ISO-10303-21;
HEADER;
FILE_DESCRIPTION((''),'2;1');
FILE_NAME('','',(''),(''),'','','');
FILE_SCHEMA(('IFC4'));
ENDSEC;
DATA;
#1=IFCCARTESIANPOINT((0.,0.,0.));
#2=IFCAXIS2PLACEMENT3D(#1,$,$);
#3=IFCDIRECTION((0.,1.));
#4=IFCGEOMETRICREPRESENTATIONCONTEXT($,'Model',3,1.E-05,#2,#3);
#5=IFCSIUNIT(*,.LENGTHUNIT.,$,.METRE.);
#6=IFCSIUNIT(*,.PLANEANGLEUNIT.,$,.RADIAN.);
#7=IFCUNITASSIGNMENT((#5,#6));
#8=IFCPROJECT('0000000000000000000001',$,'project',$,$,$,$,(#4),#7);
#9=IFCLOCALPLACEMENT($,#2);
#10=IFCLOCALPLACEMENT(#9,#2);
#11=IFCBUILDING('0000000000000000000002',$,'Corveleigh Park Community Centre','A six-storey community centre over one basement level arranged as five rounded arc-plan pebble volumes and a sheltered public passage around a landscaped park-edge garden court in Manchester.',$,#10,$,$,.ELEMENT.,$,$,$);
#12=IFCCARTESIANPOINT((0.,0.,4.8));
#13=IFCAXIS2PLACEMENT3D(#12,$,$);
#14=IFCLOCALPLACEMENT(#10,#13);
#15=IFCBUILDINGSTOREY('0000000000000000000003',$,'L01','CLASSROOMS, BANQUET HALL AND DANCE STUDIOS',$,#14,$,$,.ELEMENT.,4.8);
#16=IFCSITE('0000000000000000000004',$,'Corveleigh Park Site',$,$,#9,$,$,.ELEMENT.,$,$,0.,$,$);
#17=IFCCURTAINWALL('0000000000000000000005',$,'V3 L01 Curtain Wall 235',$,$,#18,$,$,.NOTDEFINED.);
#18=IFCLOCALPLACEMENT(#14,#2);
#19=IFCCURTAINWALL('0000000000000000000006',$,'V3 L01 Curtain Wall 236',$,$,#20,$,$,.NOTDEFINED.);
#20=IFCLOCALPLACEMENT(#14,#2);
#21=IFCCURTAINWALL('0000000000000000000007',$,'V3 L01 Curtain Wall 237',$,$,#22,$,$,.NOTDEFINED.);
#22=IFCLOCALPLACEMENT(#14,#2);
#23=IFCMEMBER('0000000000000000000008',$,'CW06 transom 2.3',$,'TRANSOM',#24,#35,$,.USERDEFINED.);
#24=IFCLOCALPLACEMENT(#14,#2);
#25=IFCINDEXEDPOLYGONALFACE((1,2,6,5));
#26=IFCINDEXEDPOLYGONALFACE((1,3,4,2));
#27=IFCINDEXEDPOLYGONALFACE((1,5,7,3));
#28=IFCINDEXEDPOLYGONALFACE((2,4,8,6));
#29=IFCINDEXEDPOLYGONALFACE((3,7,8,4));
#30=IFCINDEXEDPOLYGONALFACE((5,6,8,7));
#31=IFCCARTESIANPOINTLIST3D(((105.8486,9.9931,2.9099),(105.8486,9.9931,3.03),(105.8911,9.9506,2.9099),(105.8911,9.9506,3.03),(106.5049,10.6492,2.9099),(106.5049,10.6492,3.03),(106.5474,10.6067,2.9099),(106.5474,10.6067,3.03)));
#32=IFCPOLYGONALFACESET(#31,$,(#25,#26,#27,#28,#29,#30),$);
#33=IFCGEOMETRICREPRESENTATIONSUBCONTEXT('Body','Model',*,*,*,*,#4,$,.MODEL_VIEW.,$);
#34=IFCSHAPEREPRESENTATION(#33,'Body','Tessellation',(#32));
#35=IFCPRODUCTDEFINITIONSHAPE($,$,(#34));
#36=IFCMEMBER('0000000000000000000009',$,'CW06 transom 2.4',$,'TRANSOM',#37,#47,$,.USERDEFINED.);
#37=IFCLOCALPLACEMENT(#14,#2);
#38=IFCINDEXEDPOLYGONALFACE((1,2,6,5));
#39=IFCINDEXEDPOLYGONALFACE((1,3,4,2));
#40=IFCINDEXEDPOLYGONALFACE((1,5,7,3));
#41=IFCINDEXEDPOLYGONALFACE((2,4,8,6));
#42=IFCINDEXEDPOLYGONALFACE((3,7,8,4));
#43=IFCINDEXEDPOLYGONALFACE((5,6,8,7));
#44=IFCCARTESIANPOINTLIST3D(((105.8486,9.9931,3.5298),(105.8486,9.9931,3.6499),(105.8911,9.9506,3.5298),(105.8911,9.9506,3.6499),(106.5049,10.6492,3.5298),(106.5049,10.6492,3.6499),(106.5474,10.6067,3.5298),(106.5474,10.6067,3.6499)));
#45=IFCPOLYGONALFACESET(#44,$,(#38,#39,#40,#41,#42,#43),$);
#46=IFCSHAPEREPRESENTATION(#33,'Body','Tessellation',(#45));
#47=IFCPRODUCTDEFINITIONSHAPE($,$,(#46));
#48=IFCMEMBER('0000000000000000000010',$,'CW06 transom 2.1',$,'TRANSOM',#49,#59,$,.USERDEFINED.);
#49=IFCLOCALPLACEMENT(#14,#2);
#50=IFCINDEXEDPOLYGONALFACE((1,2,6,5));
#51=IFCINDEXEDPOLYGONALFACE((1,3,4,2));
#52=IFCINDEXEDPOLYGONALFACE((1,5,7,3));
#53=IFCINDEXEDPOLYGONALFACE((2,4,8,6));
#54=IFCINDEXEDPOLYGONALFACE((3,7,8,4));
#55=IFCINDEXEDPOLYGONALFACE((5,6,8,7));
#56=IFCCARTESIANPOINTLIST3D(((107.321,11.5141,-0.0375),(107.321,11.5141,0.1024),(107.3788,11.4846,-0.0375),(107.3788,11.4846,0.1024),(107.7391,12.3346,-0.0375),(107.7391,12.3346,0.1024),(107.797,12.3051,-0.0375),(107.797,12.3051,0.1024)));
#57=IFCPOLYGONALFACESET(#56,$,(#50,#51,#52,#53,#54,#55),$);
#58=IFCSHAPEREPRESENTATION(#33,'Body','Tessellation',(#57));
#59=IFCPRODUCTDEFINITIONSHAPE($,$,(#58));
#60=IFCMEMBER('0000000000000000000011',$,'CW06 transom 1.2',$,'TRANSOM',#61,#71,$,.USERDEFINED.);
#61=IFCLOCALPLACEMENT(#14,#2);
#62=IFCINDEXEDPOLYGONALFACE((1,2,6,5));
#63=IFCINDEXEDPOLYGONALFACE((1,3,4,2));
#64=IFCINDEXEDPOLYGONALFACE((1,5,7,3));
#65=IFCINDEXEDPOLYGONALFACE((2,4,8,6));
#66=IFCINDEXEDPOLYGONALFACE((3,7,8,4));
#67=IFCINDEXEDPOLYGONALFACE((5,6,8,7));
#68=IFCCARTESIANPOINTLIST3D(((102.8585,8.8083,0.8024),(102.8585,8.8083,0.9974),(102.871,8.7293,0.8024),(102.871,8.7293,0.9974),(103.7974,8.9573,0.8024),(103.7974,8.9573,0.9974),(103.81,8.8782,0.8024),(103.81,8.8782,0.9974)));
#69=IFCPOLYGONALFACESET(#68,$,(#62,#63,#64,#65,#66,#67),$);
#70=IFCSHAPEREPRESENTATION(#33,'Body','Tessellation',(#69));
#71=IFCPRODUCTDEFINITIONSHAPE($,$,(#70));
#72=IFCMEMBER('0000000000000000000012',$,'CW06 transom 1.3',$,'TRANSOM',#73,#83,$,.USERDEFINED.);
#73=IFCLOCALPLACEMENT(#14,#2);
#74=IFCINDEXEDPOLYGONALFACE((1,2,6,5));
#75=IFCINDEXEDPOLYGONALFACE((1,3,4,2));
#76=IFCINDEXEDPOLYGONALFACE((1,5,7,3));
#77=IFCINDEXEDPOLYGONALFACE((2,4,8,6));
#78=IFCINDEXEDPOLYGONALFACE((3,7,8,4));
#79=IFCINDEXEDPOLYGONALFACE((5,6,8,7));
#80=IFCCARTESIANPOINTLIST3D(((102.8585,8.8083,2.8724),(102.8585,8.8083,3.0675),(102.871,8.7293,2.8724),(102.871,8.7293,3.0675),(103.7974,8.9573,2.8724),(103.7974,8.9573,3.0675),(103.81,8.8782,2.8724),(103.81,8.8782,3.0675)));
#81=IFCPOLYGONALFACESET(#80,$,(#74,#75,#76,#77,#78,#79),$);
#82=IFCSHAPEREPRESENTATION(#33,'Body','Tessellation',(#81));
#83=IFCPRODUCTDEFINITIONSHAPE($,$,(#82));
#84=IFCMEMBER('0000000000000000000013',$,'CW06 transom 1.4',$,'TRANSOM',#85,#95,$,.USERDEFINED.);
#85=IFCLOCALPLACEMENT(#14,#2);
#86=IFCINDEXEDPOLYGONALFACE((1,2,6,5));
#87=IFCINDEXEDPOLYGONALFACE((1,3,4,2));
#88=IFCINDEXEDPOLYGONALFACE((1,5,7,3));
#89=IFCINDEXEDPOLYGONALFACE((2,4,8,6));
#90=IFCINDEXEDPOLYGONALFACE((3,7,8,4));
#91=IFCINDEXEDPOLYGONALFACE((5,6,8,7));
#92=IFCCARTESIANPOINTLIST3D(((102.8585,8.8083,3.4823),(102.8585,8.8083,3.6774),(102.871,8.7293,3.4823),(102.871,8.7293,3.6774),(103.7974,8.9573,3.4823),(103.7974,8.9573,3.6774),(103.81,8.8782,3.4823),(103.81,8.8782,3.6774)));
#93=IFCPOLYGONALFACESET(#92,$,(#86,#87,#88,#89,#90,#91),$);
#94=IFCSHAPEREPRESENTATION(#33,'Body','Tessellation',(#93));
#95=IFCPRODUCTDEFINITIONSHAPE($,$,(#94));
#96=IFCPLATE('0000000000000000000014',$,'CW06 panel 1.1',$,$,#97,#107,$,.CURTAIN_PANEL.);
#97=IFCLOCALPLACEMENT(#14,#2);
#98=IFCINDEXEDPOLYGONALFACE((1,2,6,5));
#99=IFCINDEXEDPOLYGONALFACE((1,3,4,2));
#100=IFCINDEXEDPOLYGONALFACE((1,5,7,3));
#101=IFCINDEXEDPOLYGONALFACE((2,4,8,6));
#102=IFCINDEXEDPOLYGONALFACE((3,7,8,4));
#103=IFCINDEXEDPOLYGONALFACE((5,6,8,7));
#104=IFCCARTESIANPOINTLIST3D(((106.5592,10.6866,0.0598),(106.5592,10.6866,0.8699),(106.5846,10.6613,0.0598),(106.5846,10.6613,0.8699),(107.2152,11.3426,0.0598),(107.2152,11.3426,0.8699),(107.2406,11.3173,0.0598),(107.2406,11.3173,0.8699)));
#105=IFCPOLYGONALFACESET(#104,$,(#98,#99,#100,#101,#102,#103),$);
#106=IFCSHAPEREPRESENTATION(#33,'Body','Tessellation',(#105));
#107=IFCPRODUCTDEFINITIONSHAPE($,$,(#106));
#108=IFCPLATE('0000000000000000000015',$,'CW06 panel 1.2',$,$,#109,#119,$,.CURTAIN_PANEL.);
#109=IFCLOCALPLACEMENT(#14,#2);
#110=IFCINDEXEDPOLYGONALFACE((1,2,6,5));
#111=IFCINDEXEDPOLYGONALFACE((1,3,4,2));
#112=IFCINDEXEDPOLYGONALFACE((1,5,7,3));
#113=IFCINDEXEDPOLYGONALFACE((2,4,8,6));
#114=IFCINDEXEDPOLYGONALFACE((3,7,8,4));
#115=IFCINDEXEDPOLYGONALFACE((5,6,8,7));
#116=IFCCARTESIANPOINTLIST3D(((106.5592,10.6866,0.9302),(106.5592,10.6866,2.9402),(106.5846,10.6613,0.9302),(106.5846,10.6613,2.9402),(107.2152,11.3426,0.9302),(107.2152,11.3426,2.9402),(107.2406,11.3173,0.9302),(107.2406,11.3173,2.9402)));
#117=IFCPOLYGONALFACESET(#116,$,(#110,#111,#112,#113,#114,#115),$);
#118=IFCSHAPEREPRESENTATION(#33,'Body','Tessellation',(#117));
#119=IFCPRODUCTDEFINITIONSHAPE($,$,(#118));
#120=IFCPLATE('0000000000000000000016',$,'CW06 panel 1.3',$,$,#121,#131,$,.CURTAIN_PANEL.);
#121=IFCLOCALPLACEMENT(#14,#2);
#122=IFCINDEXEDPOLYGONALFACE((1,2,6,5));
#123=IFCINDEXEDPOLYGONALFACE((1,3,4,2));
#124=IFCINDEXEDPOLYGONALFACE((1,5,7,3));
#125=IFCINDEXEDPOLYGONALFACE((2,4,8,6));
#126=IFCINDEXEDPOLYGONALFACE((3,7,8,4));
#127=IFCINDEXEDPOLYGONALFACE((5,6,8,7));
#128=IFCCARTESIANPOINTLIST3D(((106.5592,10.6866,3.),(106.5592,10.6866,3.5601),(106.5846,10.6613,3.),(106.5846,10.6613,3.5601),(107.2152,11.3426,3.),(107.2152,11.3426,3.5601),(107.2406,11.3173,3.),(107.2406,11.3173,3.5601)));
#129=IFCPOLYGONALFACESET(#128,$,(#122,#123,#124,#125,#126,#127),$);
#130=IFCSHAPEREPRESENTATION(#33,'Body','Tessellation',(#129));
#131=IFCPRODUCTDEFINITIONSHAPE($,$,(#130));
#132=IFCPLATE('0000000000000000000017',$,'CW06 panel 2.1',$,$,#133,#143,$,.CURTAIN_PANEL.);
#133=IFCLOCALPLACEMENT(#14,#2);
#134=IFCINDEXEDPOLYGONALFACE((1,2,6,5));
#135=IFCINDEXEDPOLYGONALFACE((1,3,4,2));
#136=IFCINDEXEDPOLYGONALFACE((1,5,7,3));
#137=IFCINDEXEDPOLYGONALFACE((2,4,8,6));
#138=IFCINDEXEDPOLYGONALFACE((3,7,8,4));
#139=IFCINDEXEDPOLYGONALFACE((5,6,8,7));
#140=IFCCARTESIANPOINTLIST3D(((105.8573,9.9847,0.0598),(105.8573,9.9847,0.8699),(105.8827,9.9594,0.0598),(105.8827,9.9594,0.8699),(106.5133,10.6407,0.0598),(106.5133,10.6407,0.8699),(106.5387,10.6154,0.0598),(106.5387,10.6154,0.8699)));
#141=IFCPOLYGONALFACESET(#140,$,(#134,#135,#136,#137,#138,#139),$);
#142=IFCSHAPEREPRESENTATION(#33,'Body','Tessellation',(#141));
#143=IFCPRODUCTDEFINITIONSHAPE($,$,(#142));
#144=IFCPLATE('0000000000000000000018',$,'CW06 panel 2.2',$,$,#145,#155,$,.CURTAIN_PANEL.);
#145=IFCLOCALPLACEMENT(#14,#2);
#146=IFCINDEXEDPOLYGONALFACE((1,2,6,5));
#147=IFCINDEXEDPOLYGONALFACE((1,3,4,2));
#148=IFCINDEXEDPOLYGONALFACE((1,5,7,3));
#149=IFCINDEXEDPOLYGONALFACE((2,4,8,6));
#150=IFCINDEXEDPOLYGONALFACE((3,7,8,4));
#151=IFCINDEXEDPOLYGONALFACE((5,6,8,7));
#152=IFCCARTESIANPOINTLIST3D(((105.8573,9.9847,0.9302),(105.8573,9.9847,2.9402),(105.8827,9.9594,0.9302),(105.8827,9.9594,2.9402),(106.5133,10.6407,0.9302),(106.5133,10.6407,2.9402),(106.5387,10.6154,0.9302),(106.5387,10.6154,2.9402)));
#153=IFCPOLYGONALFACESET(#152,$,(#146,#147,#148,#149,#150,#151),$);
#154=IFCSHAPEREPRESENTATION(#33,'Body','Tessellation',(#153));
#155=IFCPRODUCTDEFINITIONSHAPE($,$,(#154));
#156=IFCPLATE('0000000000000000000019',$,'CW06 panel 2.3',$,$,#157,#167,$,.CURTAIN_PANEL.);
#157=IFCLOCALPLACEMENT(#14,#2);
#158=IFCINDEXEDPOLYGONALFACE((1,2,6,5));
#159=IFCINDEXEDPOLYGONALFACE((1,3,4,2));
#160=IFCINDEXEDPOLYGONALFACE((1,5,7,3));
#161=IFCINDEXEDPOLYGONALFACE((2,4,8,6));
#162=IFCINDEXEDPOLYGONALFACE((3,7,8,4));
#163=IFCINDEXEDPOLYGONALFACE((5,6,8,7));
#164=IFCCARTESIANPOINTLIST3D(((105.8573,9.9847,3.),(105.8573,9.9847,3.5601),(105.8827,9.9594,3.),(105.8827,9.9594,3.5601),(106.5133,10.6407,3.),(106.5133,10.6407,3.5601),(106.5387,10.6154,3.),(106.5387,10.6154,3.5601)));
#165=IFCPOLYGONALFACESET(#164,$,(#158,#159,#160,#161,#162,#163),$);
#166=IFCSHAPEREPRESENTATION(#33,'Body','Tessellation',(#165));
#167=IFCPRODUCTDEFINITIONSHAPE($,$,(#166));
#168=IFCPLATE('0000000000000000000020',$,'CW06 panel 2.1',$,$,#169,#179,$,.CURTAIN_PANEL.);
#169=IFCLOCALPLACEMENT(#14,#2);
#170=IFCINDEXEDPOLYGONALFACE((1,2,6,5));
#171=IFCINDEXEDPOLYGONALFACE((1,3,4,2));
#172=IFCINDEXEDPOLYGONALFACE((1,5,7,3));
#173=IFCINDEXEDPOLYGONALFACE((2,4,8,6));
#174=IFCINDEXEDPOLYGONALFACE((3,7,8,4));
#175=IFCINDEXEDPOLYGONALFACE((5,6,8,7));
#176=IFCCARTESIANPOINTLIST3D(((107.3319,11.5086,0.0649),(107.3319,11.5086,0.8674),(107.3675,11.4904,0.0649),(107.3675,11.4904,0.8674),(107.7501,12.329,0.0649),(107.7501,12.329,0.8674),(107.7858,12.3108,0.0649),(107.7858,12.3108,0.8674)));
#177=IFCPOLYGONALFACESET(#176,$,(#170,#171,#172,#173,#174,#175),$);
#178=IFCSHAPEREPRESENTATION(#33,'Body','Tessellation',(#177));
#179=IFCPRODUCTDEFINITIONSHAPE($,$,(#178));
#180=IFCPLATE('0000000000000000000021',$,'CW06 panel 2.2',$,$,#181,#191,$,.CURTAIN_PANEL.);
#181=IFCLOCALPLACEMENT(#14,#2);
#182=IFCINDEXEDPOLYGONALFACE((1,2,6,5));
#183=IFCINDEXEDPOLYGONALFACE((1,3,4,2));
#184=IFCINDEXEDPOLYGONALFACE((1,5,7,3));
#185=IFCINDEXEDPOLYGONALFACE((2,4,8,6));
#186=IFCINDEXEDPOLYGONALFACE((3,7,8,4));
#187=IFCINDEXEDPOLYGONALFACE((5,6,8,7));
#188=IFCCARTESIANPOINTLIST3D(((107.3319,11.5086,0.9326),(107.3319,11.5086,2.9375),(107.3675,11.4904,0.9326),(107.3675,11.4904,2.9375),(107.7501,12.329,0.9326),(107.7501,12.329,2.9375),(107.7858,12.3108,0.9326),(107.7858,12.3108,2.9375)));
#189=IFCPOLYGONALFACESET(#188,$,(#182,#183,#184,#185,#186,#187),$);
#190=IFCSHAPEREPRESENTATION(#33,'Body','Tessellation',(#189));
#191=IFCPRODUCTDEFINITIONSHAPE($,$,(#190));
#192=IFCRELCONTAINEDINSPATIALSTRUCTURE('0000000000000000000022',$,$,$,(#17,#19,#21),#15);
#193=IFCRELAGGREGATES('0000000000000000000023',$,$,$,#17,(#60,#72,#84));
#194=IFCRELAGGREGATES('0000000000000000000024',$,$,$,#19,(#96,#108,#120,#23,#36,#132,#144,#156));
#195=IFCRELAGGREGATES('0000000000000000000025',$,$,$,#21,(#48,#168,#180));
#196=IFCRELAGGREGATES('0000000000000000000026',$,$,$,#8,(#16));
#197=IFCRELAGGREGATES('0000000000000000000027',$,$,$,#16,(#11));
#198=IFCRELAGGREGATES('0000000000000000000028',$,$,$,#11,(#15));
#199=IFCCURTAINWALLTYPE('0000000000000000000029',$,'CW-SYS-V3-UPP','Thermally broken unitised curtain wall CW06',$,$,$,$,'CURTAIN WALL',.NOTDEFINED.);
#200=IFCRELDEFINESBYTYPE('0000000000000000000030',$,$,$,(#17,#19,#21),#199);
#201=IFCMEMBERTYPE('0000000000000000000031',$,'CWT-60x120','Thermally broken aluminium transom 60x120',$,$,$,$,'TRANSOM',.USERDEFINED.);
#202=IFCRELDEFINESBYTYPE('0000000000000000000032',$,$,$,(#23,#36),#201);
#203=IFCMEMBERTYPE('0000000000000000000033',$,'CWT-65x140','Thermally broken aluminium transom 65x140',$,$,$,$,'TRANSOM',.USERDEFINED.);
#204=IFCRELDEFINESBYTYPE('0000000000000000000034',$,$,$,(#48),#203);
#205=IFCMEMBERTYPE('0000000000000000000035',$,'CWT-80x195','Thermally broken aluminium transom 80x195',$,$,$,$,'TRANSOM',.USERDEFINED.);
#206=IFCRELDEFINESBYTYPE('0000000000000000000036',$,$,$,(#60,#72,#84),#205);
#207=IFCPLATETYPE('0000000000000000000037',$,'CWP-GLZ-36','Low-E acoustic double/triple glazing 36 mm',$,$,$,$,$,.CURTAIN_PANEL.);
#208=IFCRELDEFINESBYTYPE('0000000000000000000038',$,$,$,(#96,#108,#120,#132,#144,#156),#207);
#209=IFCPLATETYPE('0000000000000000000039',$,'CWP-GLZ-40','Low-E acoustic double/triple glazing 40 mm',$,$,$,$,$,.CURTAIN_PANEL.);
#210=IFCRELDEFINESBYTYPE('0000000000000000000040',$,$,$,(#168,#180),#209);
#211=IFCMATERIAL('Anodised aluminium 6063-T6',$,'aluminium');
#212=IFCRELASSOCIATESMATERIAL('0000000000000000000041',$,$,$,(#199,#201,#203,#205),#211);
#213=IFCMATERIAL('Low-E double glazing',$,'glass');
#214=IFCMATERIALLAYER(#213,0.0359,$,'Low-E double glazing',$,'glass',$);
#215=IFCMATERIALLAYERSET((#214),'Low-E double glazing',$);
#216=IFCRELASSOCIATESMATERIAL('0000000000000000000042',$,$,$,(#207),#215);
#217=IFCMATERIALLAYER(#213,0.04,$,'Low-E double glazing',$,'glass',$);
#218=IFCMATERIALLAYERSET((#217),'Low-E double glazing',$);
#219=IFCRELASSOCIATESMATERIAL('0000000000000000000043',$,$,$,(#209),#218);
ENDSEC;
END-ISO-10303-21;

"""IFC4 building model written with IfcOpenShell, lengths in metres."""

from ifc_helpers import new_model, si_unit, direction, frame, origin, origin_2d, place, context, subcontext, project, spatial, rectangle, extrude, material, layer, layer_set, material_profile, profile_set, type_object, element, aggregate, save


model = new_model("IFC4")

# Units and contexts
model_context = context("Model", 3, precision=1e-05, world=origin(), true_north=direction((0.0, 1.0)))
body_context = subcontext(model_context, "Body", "Model", "MODEL_VIEW")
ifc_project = project(units=[si_unit("LENGTHUNIT", "METRE"), si_unit("PLANEANGLEUNIT", "RADIAN")], contexts=[model_context])

# Site, building, storey
site_placement = place(None, origin())
site = spatial("IfcSite", under=ifc_project, at=site_placement, Name="Corveleigh Park Site", CompositionType="ELEMENT", RefElevation=0.0)
building_placement = place(site_placement, origin())
building = spatial("IfcBuilding", under=site, at=building_placement, Name="Corveleigh Park Community Centre", Description="A six-storey community centre over one basement level arranged as five rounded arc-plan pebble volumes and a sheltered public passage around a landscaped park-edge garden court in Manchester.", CompositionType="ELEMENT")
storey_placement = place(building_placement, frame((0.0, 0.0, 4.8)))
storey = spatial("IfcBuildingStorey", under=building, at=storey_placement, Name="L01", Description="CLASSROOMS, BANQUET HALL AND DANCE STUDIOS", CompositionType="ELEMENT", Elevation=4.8)

# Curtain wall
ifc_material_1 = material(Name="Anodised aluminium 6063-T6", Category="aluminium")
curtain_wall_type = type_object("IfcCurtainWallType", Name="CW-SYS-V3-UPP", Description="Thermally broken unitised curtain wall CW06", ElementType="CURTAIN WALL", PredefinedType="NOTDEFINED", material=ifc_material_1)
curtain_wall_1_placement = place(storey_placement, origin())
curtain_wall_1 = element("IfcCurtainWall", 1, at=curtain_wall_1_placement, inside=storey, type_object=curtain_wall_type, Name="V3 L01 Curtain Wall 235", PredefinedType="NOTDEFINED")

# Curtain wall
curtain_wall_2_placement = place(storey_placement, origin())
curtain_wall_2 = element("IfcCurtainWall", 2, at=curtain_wall_2_placement, inside=storey, type_object=curtain_wall_type, Name="V3 L01 Curtain Wall 236", PredefinedType="NOTDEFINED")

# Curtain wall
curtain_wall_3_placement = place(storey_placement, origin())
curtain_wall_3 = element("IfcCurtainWall", 3, at=curtain_wall_3_placement, inside=storey, type_object=curtain_wall_type, Name="V3 L01 Curtain Wall 237", PredefinedType="NOTDEFINED")

# Members
ifc_material_profile_1 = material_profile(ifc_material_1, rectangle(XDim=0.0601, YDim=0.1201, at=origin_2d()), Name="ALU-T60x120", Category="aluminium")
ifc_profile_set_1 = profile_set([ifc_material_profile_1], Name="Anodised aluminium 6063-T6")
member_type_1 = type_object("IfcMemberType", Name="CWT-60x120", Description="Thermally broken aluminium transom 60x120", ElementType="TRANSOM", PredefinedType="USERDEFINED", material=ifc_profile_set_1)
member_1_placement = place(storey_placement, frame((106.5261, 10.6279, 2.97), z_axis=(-0.707238, -0.706975, 0.0), x_axis=(0.706975, -0.707238, 0.0)))
member_1 = element("IfcMember", 4, at=member_1_placement, type_object=member_type_1, Name="CW06 transom 2.3", ObjectType="TRANSOM", PredefinedType="USERDEFINED", context=body_context, shape_type="SweptSolid", body=[
    extrude(rectangle(XDim=0.0601, YDim=0.1201, at=origin_2d()), origin(), (0.0, 0.0, 1.0), 0.928),
])
member_2_placement = place(storey_placement, frame((106.5261, 10.6279, 3.5898), z_axis=(-0.707238, -0.706975, 0.0), x_axis=(0.706975, -0.707238, 0.0)))
member_2 = element("IfcMember", 5, at=member_2_placement, type_object=member_type_1, Name="CW06 transom 2.4", ObjectType="TRANSOM", PredefinedType="USERDEFINED", context=body_context, shape_type="SweptSolid", body=[
    extrude(rectangle(XDim=0.0601, YDim=0.1201, at=origin_2d()), origin(), (0.0, 0.0, 1.0), 0.928),
])
ifc_material_profile_2 = material_profile(ifc_material_1, rectangle(XDim=0.0649, YDim=0.1399, at=origin_2d()), Name="ALU-T65x140", Category="aluminium")
ifc_profile_set_2 = profile_set([ifc_material_profile_2], Name="Anodised aluminium 6063-T6")
member_type_2 = type_object("IfcMemberType", Name="CWT-65x140", Description="Thermally broken aluminium transom 65x140", ElementType="TRANSOM", PredefinedType="USERDEFINED", material=ifc_profile_set_2)
member_3_placement = place(storey_placement, frame((107.7681, 12.3198, 0.0325), z_axis=(-0.454093, -0.890955, 0.0), x_axis=(0.890955, -0.454093, 0.0)))
member_3 = element("IfcMember", 6, at=member_3_placement, type_object=member_type_2, Name="CW06 transom 2.1", ObjectType="TRANSOM", PredefinedType="USERDEFINED", context=body_context, shape_type="SweptSolid", body=[
    extrude(rectangle(XDim=0.0649, YDim=0.1399, at=origin_2d()), origin(), (0.0, 0.0, 1.0), 0.9209),
])
ifc_material_profile_3 = material_profile(ifc_material_1, rectangle(XDim=0.0801, YDim=0.1951, at=origin_2d()), Name="ALU-T80x195", Category="aluminium")
ifc_profile_set_3 = profile_set([ifc_material_profile_3], Name="Anodised aluminium 6063-T6")
member_type_3 = type_object("IfcMemberType", Name="CWT-80x195", Description="Thermally broken aluminium transom 80x195", ElementType="TRANSOM", PredefinedType="USERDEFINED", material=ifc_profile_set_3)
member_4_placement = place(storey_placement, frame((103.8037, 8.9177, 0.8999), z_axis=(-0.987654, -0.156648, 0.0), x_axis=(0.156648, -0.987654, 0.0)))
member_4 = element("IfcMember", 7, at=member_4_placement, type_object=member_type_3, Name="CW06 transom 1.2", ObjectType="TRANSOM", PredefinedType="USERDEFINED", context=body_context, shape_type="SweptSolid", body=[
    extrude(rectangle(XDim=0.0801, YDim=0.1951, at=origin_2d()), origin(), (0.0, 0.0, 1.0), 0.9507),
])
member_5_placement = place(storey_placement, frame((103.8037, 8.9177, 2.97), z_axis=(-0.987654, -0.156648, 0.0), x_axis=(0.156648, -0.987654, 0.0)))
member_5 = element("IfcMember", 8, at=member_5_placement, type_object=member_type_3, Name="CW06 transom 1.3", ObjectType="TRANSOM", PredefinedType="USERDEFINED", context=body_context, shape_type="SweptSolid", body=[
    extrude(rectangle(XDim=0.0801, YDim=0.1951, at=origin_2d()), origin(), (0.0, 0.0, 1.0), 0.9507),
])
member_6_placement = place(storey_placement, frame((103.8037, 8.9177, 3.5798), z_axis=(-0.987654, -0.156648, 0.0), x_axis=(0.156648, -0.987654, 0.0)))
member_6 = element("IfcMember", 9, at=member_6_placement, type_object=member_type_3, Name="CW06 transom 1.4", ObjectType="TRANSOM", PredefinedType="USERDEFINED", context=body_context, shape_type="SweptSolid", body=[
    extrude(rectangle(XDim=0.0801, YDim=0.1951, at=origin_2d()), origin(), (0.0, 0.0, 1.0), 0.9507),
])
aggregate(curtain_wall_1, [member_4, member_5, member_6])

# Plates
ifc_material_2 = material(Name="Low-E double glazing", Category="glass")
ifc_layer_1 = layer(ifc_material_2, 0.0359, Name="Low-E double glazing", Category="glass")
ifc_layer_set_1 = layer_set([ifc_layer_1], Name="Low-E double glazing")
plate_type_1 = type_object("IfcPlateType", Name="CWP-GLZ-36", Description="Low-E acoustic double/triple glazing 36 mm", PredefinedType="CURTAIN_PANEL", material=ifc_layer_set_1)
plate_1_placement = place(storey_placement, frame((106.8999, 11.002, 0.0598), z_axis=(0.0, 0.0, 1.0), x_axis=(-0.707107, -0.707107, 0.0)))
plate_1 = element("IfcPlate", 10, at=plate_1_placement, type_object=plate_type_1, Name="CW06 panel 1.1", PredefinedType="CURTAIN_PANEL", context=body_context, shape_type="SweptSolid", body=[
    extrude(rectangle(XDim=0.9277, YDim=0.0359, at=origin_2d()), origin(), (0.0, 0.0, 1.0), 0.8101),
])
plate_2_placement = place(storey_placement, frame((106.8999, 11.002, 0.9302), z_axis=(0.0, 0.0, 1.0), x_axis=(-0.707107, -0.707107, 0.0)))
plate_2 = element("IfcPlate", 11, at=plate_2_placement, type_object=plate_type_1, Name="CW06 panel 1.2", PredefinedType="CURTAIN_PANEL", context=body_context, shape_type="SweptSolid", body=[
    extrude(rectangle(XDim=0.9277, YDim=0.0359, at=origin_2d()), origin(), (0.0, 0.0, 1.0), 2.01),
])
plate_3_placement = place(storey_placement, frame((106.8999, 11.002, 3.0), z_axis=(0.0, 0.0, 1.0), x_axis=(-0.707107, -0.707107, 0.0)))
plate_3 = element("IfcPlate", 12, at=plate_3_placement, type_object=plate_type_1, Name="CW06 panel 1.3", PredefinedType="CURTAIN_PANEL", context=body_context, shape_type="SweptSolid", body=[
    extrude(rectangle(XDim=0.9277, YDim=0.0359, at=origin_2d()), origin(), (0.0, 0.0, 1.0), 0.5601),
])
plate_4_placement = place(storey_placement, frame((106.198, 10.3, 0.0598), z_axis=(0.0, 0.0, 1.0), x_axis=(-0.707107, -0.707107, 0.0)))
plate_4 = element("IfcPlate", 13, at=plate_4_placement, type_object=plate_type_1, Name="CW06 panel 2.1", PredefinedType="CURTAIN_PANEL", context=body_context, shape_type="SweptSolid", body=[
    extrude(rectangle(XDim=0.9277, YDim=0.0359, at=origin_2d()), origin(), (0.0, 0.0, 1.0), 0.8101),
])
plate_5_placement = place(storey_placement, frame((106.198, 10.3, 0.9302), z_axis=(0.0, 0.0, 1.0), x_axis=(-0.707107, -0.707107, 0.0)))
plate_5 = element("IfcPlate", 14, at=plate_5_placement, type_object=plate_type_1, Name="CW06 panel 2.2", PredefinedType="CURTAIN_PANEL", context=body_context, shape_type="SweptSolid", body=[
    extrude(rectangle(XDim=0.9277, YDim=0.0359, at=origin_2d()), origin(), (0.0, 0.0, 1.0), 2.01),
])
plate_6_placement = place(storey_placement, frame((106.198, 10.3, 3.0), z_axis=(0.0, 0.0, 1.0), x_axis=(-0.707107, -0.707107, 0.0)))
plate_6 = element("IfcPlate", 15, at=plate_6_placement, type_object=plate_type_1, Name="CW06 panel 2.3", PredefinedType="CURTAIN_PANEL", context=body_context, shape_type="SweptSolid", body=[
    extrude(rectangle(XDim=0.9277, YDim=0.0359, at=origin_2d()), origin(), (0.0, 0.0, 1.0), 0.5601),
])
aggregate(curtain_wall_2, [plate_1, plate_2, plate_3, member_1, member_2, plate_4, plate_5, plate_6])
ifc_layer_2 = layer(ifc_material_2, 0.04, Name="Low-E double glazing", Category="glass")
ifc_layer_set_2 = layer_set([ifc_layer_2], Name="Low-E double glazing")
plate_type_2 = type_object("IfcPlateType", Name="CWP-GLZ-40", Description="Low-E acoustic double/triple glazing 40 mm", PredefinedType="CURTAIN_PANEL", material=ifc_layer_set_2)
plate_7_placement = place(storey_placement, frame((107.5588, 11.9097, 0.0649), z_axis=(0.0, 0.0, 1.0), x_axis=(-0.454218, -0.890891, 0.0)))
plate_7 = element("IfcPlate", 16, at=plate_7_placement, type_object=plate_type_2, Name="CW06 panel 2.1", PredefinedType="CURTAIN_PANEL", context=body_context, shape_type="SweptSolid", body=[
    extrude(rectangle(XDim=0.9209, YDim=0.04, at=origin_2d()), origin(), (0.0, 0.0, 1.0), 0.8025),
])
plate_8_placement = place(storey_placement, frame((107.5588, 11.9097, 0.9326), z_axis=(0.0, 0.0, 1.0), x_axis=(-0.454218, -0.890891, 0.0)))
plate_8 = element("IfcPlate", 17, at=plate_8_placement, type_object=plate_type_2, Name="CW06 panel 2.2", PredefinedType="CURTAIN_PANEL", context=body_context, shape_type="SweptSolid", body=[
    extrude(rectangle(XDim=0.9209, YDim=0.04, at=origin_2d()), origin(), (0.0, 0.0, 1.0), 2.0049),
])
aggregate(curtain_wall_3, [member_3, plate_7, plate_8])

save(model, "model.ifc")
